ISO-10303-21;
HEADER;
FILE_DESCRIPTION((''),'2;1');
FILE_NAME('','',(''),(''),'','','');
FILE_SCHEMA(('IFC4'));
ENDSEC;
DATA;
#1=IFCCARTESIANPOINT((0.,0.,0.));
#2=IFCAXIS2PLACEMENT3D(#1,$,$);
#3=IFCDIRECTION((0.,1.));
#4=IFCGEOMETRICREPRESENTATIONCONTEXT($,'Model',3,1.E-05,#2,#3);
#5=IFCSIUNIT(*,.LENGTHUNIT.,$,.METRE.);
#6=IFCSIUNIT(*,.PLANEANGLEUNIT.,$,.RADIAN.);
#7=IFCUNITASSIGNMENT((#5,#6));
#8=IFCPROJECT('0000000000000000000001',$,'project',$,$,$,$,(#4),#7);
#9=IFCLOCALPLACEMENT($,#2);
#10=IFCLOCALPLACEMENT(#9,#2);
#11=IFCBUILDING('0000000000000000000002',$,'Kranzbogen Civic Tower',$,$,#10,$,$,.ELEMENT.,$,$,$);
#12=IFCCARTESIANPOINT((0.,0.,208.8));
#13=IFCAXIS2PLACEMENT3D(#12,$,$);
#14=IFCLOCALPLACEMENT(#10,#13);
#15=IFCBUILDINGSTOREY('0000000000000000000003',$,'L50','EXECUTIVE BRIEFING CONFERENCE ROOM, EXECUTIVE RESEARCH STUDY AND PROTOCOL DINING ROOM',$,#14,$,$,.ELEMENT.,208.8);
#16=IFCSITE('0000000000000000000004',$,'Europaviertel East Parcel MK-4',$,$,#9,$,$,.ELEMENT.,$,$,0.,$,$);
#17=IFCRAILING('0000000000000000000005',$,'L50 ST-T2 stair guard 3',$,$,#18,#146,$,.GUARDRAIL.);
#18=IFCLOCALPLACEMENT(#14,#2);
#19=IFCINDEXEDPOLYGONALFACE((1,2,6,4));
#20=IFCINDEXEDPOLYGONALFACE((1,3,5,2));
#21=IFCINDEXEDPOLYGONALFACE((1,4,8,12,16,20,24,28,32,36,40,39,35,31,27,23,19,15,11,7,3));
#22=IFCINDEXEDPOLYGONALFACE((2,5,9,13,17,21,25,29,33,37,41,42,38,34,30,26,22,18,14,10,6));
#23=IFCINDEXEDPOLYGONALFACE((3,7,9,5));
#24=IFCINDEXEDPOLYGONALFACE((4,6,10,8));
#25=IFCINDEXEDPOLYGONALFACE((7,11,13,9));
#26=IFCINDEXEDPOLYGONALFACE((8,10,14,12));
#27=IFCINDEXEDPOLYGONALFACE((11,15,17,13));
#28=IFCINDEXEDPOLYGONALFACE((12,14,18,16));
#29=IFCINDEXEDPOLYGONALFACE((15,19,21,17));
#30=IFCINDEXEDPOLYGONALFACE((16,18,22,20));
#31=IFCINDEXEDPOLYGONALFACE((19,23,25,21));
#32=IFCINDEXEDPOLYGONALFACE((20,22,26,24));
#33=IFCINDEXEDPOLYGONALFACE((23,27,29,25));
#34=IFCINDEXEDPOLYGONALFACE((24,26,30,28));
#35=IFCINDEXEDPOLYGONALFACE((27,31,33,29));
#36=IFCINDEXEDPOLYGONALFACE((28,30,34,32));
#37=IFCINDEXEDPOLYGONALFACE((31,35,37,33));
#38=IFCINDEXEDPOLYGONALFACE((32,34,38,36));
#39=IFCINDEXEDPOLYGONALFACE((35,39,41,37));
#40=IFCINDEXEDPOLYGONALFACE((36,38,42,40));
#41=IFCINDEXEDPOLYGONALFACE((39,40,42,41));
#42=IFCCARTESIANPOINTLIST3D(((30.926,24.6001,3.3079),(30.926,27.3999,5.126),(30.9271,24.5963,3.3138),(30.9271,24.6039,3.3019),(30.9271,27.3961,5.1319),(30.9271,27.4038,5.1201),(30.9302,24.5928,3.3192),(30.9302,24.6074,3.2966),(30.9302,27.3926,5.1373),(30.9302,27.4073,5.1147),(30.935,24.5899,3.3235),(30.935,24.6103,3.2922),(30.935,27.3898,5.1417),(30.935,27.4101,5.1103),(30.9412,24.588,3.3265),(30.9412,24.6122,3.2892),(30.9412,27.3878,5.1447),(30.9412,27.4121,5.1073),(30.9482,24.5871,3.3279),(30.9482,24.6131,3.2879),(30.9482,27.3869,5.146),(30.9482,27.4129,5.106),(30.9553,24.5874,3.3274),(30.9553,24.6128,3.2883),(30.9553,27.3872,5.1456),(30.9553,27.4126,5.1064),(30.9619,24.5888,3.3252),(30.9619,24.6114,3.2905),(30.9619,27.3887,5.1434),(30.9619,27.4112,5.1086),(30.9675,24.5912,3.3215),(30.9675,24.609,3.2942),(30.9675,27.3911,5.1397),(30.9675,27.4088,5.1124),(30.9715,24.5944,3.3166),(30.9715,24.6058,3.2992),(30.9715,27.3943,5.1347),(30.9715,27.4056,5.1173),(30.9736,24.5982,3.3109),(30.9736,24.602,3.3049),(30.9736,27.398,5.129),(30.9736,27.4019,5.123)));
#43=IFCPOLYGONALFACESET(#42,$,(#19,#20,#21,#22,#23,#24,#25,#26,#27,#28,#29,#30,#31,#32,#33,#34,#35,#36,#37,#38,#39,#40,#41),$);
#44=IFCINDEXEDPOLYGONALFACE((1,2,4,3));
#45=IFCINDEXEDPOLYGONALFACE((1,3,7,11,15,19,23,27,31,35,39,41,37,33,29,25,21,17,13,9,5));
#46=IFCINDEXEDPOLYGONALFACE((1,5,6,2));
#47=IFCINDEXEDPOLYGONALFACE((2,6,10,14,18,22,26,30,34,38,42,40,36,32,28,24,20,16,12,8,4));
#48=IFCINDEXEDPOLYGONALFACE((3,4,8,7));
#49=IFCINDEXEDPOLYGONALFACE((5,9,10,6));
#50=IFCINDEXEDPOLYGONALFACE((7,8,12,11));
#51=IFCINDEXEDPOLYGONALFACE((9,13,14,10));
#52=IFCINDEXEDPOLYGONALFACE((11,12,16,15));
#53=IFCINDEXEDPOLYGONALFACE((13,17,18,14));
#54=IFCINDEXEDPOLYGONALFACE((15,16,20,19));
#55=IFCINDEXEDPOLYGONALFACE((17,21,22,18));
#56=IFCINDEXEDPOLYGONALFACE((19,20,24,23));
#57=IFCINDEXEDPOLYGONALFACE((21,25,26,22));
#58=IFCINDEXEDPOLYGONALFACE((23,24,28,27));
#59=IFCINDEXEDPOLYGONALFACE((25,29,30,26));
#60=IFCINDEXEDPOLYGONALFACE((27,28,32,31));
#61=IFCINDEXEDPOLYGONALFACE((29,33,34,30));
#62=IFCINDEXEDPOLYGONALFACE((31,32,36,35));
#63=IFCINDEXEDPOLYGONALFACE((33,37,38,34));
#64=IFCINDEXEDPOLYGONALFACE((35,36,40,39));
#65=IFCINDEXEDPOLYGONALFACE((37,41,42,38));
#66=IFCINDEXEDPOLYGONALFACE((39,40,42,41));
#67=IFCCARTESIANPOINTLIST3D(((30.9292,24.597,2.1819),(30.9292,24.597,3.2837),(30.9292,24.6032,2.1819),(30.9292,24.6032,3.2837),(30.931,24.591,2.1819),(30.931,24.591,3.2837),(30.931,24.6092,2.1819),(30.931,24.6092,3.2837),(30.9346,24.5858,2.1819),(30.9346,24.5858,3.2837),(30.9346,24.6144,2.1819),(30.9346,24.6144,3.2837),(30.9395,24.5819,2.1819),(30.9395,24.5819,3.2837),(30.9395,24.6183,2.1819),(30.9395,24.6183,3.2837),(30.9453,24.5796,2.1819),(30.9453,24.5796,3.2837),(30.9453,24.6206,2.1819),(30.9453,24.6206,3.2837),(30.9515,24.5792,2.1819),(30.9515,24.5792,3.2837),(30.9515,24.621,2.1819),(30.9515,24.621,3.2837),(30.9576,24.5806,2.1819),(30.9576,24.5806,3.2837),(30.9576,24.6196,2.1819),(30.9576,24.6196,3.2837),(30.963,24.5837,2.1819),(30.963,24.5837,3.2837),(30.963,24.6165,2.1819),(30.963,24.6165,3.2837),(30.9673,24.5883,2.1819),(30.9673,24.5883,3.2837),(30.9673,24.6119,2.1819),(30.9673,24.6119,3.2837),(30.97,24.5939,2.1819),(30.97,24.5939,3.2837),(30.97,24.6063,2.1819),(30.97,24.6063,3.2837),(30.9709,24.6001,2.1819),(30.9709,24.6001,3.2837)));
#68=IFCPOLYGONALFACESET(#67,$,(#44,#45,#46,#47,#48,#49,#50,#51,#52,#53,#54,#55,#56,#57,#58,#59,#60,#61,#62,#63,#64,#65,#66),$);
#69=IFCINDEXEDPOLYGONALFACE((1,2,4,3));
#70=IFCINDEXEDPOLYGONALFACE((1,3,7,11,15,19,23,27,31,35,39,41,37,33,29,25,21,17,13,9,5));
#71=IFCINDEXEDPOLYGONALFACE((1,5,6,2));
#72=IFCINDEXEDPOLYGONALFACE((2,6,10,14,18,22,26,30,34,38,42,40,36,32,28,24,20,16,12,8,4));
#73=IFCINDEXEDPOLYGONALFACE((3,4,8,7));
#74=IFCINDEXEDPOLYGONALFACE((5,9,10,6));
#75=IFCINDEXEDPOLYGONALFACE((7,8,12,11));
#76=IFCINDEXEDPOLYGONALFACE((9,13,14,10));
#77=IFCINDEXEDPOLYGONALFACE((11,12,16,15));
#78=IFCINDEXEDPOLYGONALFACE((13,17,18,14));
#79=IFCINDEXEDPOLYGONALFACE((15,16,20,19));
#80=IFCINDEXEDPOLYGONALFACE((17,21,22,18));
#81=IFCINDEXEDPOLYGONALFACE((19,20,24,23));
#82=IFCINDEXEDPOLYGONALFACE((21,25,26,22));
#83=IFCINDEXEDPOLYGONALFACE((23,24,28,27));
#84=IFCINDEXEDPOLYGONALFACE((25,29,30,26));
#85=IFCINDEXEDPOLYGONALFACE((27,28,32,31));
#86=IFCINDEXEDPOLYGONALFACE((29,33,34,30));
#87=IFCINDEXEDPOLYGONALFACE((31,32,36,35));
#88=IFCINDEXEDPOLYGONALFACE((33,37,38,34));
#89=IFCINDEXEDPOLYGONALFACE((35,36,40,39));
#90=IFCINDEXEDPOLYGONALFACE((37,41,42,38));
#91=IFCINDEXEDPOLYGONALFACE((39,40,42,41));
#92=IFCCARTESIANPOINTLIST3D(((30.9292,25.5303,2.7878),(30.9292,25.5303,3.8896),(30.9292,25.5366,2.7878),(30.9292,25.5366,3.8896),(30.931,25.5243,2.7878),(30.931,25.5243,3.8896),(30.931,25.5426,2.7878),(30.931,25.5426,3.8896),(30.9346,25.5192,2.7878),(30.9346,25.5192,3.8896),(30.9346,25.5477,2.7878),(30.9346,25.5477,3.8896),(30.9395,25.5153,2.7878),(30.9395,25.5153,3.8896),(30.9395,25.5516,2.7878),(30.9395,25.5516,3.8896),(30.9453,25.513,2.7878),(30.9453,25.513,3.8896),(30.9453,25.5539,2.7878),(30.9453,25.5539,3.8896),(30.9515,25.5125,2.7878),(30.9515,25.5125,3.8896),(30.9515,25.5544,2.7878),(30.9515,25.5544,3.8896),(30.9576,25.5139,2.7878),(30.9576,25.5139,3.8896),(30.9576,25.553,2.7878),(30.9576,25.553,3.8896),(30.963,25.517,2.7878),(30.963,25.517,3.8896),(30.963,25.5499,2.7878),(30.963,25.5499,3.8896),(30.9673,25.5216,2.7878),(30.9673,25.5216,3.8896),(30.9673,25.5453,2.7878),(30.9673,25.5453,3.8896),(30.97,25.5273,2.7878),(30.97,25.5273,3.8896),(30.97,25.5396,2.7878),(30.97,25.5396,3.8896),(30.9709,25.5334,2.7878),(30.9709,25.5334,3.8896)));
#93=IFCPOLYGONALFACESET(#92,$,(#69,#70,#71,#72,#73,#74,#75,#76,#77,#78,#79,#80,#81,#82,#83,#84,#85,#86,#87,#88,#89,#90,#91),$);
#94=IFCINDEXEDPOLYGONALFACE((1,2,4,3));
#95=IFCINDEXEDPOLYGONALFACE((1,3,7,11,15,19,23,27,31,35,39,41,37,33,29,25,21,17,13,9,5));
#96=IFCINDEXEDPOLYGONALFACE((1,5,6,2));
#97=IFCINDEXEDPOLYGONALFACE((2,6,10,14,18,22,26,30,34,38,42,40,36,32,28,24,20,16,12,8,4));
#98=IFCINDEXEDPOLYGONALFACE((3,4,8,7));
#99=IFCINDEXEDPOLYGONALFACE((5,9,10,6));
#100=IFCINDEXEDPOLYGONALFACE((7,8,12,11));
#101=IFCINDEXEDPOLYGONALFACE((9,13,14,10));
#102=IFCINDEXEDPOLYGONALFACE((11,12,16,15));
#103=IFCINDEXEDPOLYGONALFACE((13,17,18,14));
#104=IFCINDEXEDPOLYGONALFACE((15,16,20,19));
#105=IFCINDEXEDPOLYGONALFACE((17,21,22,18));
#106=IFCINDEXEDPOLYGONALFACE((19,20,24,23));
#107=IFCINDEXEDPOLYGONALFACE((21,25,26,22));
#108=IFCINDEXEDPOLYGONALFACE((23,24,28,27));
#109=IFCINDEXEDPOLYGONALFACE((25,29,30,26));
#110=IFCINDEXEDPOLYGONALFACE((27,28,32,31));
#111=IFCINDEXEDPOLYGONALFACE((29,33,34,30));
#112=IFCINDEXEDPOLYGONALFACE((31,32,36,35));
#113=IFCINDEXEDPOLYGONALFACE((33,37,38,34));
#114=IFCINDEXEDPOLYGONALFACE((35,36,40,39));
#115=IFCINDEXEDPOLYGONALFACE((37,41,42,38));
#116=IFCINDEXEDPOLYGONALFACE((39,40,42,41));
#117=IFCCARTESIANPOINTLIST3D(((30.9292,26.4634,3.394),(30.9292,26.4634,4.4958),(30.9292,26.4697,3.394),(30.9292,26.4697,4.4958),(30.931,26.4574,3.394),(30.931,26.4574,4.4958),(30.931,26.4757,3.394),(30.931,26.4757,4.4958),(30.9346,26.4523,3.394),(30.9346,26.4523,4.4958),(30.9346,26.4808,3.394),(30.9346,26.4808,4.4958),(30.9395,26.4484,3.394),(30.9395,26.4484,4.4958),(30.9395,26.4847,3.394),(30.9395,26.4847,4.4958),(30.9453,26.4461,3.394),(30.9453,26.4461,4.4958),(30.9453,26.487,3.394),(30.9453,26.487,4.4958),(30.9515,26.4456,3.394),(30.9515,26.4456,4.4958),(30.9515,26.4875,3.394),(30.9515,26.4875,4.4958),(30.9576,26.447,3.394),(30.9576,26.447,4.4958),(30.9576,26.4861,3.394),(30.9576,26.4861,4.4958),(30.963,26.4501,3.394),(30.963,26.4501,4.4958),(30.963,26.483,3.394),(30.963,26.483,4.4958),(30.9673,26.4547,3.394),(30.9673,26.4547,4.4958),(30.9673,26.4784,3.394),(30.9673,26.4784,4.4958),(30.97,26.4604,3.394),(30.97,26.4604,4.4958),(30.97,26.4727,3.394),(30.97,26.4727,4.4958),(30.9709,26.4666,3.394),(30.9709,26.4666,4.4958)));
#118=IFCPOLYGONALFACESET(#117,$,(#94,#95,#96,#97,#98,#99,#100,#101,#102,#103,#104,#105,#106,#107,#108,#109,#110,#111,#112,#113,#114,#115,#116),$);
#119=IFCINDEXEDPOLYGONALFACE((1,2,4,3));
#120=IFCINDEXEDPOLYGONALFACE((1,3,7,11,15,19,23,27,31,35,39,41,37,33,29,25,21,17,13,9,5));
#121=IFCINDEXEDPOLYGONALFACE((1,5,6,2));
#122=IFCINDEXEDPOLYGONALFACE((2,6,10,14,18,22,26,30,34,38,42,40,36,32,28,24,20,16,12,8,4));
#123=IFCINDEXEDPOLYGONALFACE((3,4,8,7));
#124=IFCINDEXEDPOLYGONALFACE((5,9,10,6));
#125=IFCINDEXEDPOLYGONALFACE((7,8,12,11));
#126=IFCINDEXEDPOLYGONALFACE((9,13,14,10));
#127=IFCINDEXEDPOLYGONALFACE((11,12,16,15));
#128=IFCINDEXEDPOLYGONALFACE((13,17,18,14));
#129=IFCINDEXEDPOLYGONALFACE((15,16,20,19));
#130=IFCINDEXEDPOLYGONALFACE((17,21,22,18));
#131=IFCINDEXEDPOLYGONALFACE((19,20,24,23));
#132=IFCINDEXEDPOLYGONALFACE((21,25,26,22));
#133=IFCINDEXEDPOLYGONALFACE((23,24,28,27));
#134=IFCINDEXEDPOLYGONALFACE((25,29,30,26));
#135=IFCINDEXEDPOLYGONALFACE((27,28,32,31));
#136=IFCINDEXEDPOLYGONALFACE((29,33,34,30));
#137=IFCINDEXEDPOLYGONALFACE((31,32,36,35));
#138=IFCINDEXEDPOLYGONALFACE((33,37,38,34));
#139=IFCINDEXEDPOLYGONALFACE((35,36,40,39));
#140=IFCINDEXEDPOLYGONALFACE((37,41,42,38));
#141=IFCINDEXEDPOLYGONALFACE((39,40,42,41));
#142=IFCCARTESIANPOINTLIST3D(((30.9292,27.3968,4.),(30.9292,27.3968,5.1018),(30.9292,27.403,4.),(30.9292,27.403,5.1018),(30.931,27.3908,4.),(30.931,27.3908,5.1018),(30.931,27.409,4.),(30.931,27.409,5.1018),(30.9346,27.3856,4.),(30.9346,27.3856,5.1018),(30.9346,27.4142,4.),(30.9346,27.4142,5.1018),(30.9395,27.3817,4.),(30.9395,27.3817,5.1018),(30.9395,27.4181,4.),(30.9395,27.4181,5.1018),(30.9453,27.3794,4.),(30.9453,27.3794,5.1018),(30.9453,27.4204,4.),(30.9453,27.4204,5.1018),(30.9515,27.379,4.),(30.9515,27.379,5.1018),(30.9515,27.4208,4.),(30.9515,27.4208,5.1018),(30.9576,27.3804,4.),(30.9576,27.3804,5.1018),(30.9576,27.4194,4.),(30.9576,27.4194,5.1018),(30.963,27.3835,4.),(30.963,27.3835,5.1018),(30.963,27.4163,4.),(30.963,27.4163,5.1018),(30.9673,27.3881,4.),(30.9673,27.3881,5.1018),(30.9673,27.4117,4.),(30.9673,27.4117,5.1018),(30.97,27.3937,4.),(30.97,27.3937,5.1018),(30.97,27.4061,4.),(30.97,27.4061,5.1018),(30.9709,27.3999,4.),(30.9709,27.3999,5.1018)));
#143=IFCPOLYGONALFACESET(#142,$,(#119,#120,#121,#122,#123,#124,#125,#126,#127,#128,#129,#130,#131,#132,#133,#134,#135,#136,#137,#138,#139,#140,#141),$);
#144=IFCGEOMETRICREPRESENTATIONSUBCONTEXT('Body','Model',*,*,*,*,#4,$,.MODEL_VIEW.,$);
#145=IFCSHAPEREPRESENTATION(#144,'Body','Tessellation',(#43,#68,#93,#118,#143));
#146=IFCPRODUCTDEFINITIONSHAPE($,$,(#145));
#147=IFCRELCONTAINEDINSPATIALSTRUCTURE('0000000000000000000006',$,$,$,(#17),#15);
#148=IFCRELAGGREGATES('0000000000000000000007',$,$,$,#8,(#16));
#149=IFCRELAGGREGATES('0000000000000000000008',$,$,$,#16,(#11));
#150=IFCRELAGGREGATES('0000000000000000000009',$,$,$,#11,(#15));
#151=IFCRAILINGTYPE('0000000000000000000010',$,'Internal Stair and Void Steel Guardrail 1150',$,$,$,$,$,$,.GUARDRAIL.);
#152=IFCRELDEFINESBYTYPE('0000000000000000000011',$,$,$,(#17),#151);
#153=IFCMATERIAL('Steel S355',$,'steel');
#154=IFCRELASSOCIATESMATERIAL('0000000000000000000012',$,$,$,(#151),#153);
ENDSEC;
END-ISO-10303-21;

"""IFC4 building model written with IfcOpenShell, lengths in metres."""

from ifc_helpers import new_model, si_unit, direction, frame, origin, origin_2d, place, context, subcontext, project, spatial, circle, extrude, material, type_object, element, save


model = new_model("IFC4")

# Units and contexts
model_context = context("Model", 3, precision=1e-05, world=origin(), true_north=direction((0.0, 1.0)))
body_context = subcontext(model_context, "Body", "Model", "MODEL_VIEW")
ifc_project = project(units=[si_unit("LENGTHUNIT", "METRE"), si_unit("PLANEANGLEUNIT", "RADIAN")], contexts=[model_context])

# Site, building, storey
site_placement = place(None, origin())
site = spatial("IfcSite", under=ifc_project, at=site_placement, Name="Europaviertel East Parcel MK-4", CompositionType="ELEMENT", RefElevation=0.0)
building_placement = place(site_placement, origin())
building = spatial("IfcBuilding", under=site, at=building_placement, Name="Kranzbogen Civic Tower", CompositionType="ELEMENT")
storey_placement = place(building_placement, frame((0.0, 0.0, 208.8)))
storey = spatial("IfcBuildingStorey", under=building, at=storey_placement, Name="L50", Description="EXECUTIVE BRIEFING CONFERENCE ROOM, EXECUTIVE RESEARCH STUDY AND PROTOCOL DINING ROOM", CompositionType="ELEMENT", Elevation=208.8)

# Shared definitions
ifc_material_1 = material(Name="Steel S355", Category="steel")

# Railing
railing_type_1 = type_object("IfcRailingType", Name="Internal Stair and Void Steel Guardrail 1150", PredefinedType="GUARDRAIL", material=ifc_material_1)
railing_1_placement = place(storey_placement, frame((30.95, 24.6001, 2.1819)))
element("IfcRailing", 1, at=railing_1_placement, inside=storey, type_object=railing_type_1, Name="L50 ST-T2 stair guard 3", PredefinedType="GUARDRAIL", context=body_context, shape_type="SweptSolid", body=[
    extrude(circle(Radius=0.0239, at=origin_2d()), frame((0.0, 0.0, 1.126), z_axis=(0.0, 0.838684, 0.544618), x_axis=(-1.0, 0.0, 0.0)), (0.0, 0.0, 1.0), 3.3384),
    extrude(circle(Radius=0.021, at=origin_2d()), origin(), (0.0, 0.0, 1.0), 1.1018),
    extrude(circle(Radius=0.021, at=origin_2d()), frame((0.0, 0.9333, 0.606)), (0.0, 0.0, 1.0), 1.1018),
    extrude(circle(Radius=0.021, at=origin_2d()), frame((0.0, 1.8665, 1.2122)), (0.0, 0.0, 1.0), 1.1018),
    extrude(circle(Radius=0.021, at=origin_2d()), frame((0.0, 2.7998, 1.8181)), (0.0, 0.0, 1.0), 1.1018),
])

save(model, "model.ifc")
